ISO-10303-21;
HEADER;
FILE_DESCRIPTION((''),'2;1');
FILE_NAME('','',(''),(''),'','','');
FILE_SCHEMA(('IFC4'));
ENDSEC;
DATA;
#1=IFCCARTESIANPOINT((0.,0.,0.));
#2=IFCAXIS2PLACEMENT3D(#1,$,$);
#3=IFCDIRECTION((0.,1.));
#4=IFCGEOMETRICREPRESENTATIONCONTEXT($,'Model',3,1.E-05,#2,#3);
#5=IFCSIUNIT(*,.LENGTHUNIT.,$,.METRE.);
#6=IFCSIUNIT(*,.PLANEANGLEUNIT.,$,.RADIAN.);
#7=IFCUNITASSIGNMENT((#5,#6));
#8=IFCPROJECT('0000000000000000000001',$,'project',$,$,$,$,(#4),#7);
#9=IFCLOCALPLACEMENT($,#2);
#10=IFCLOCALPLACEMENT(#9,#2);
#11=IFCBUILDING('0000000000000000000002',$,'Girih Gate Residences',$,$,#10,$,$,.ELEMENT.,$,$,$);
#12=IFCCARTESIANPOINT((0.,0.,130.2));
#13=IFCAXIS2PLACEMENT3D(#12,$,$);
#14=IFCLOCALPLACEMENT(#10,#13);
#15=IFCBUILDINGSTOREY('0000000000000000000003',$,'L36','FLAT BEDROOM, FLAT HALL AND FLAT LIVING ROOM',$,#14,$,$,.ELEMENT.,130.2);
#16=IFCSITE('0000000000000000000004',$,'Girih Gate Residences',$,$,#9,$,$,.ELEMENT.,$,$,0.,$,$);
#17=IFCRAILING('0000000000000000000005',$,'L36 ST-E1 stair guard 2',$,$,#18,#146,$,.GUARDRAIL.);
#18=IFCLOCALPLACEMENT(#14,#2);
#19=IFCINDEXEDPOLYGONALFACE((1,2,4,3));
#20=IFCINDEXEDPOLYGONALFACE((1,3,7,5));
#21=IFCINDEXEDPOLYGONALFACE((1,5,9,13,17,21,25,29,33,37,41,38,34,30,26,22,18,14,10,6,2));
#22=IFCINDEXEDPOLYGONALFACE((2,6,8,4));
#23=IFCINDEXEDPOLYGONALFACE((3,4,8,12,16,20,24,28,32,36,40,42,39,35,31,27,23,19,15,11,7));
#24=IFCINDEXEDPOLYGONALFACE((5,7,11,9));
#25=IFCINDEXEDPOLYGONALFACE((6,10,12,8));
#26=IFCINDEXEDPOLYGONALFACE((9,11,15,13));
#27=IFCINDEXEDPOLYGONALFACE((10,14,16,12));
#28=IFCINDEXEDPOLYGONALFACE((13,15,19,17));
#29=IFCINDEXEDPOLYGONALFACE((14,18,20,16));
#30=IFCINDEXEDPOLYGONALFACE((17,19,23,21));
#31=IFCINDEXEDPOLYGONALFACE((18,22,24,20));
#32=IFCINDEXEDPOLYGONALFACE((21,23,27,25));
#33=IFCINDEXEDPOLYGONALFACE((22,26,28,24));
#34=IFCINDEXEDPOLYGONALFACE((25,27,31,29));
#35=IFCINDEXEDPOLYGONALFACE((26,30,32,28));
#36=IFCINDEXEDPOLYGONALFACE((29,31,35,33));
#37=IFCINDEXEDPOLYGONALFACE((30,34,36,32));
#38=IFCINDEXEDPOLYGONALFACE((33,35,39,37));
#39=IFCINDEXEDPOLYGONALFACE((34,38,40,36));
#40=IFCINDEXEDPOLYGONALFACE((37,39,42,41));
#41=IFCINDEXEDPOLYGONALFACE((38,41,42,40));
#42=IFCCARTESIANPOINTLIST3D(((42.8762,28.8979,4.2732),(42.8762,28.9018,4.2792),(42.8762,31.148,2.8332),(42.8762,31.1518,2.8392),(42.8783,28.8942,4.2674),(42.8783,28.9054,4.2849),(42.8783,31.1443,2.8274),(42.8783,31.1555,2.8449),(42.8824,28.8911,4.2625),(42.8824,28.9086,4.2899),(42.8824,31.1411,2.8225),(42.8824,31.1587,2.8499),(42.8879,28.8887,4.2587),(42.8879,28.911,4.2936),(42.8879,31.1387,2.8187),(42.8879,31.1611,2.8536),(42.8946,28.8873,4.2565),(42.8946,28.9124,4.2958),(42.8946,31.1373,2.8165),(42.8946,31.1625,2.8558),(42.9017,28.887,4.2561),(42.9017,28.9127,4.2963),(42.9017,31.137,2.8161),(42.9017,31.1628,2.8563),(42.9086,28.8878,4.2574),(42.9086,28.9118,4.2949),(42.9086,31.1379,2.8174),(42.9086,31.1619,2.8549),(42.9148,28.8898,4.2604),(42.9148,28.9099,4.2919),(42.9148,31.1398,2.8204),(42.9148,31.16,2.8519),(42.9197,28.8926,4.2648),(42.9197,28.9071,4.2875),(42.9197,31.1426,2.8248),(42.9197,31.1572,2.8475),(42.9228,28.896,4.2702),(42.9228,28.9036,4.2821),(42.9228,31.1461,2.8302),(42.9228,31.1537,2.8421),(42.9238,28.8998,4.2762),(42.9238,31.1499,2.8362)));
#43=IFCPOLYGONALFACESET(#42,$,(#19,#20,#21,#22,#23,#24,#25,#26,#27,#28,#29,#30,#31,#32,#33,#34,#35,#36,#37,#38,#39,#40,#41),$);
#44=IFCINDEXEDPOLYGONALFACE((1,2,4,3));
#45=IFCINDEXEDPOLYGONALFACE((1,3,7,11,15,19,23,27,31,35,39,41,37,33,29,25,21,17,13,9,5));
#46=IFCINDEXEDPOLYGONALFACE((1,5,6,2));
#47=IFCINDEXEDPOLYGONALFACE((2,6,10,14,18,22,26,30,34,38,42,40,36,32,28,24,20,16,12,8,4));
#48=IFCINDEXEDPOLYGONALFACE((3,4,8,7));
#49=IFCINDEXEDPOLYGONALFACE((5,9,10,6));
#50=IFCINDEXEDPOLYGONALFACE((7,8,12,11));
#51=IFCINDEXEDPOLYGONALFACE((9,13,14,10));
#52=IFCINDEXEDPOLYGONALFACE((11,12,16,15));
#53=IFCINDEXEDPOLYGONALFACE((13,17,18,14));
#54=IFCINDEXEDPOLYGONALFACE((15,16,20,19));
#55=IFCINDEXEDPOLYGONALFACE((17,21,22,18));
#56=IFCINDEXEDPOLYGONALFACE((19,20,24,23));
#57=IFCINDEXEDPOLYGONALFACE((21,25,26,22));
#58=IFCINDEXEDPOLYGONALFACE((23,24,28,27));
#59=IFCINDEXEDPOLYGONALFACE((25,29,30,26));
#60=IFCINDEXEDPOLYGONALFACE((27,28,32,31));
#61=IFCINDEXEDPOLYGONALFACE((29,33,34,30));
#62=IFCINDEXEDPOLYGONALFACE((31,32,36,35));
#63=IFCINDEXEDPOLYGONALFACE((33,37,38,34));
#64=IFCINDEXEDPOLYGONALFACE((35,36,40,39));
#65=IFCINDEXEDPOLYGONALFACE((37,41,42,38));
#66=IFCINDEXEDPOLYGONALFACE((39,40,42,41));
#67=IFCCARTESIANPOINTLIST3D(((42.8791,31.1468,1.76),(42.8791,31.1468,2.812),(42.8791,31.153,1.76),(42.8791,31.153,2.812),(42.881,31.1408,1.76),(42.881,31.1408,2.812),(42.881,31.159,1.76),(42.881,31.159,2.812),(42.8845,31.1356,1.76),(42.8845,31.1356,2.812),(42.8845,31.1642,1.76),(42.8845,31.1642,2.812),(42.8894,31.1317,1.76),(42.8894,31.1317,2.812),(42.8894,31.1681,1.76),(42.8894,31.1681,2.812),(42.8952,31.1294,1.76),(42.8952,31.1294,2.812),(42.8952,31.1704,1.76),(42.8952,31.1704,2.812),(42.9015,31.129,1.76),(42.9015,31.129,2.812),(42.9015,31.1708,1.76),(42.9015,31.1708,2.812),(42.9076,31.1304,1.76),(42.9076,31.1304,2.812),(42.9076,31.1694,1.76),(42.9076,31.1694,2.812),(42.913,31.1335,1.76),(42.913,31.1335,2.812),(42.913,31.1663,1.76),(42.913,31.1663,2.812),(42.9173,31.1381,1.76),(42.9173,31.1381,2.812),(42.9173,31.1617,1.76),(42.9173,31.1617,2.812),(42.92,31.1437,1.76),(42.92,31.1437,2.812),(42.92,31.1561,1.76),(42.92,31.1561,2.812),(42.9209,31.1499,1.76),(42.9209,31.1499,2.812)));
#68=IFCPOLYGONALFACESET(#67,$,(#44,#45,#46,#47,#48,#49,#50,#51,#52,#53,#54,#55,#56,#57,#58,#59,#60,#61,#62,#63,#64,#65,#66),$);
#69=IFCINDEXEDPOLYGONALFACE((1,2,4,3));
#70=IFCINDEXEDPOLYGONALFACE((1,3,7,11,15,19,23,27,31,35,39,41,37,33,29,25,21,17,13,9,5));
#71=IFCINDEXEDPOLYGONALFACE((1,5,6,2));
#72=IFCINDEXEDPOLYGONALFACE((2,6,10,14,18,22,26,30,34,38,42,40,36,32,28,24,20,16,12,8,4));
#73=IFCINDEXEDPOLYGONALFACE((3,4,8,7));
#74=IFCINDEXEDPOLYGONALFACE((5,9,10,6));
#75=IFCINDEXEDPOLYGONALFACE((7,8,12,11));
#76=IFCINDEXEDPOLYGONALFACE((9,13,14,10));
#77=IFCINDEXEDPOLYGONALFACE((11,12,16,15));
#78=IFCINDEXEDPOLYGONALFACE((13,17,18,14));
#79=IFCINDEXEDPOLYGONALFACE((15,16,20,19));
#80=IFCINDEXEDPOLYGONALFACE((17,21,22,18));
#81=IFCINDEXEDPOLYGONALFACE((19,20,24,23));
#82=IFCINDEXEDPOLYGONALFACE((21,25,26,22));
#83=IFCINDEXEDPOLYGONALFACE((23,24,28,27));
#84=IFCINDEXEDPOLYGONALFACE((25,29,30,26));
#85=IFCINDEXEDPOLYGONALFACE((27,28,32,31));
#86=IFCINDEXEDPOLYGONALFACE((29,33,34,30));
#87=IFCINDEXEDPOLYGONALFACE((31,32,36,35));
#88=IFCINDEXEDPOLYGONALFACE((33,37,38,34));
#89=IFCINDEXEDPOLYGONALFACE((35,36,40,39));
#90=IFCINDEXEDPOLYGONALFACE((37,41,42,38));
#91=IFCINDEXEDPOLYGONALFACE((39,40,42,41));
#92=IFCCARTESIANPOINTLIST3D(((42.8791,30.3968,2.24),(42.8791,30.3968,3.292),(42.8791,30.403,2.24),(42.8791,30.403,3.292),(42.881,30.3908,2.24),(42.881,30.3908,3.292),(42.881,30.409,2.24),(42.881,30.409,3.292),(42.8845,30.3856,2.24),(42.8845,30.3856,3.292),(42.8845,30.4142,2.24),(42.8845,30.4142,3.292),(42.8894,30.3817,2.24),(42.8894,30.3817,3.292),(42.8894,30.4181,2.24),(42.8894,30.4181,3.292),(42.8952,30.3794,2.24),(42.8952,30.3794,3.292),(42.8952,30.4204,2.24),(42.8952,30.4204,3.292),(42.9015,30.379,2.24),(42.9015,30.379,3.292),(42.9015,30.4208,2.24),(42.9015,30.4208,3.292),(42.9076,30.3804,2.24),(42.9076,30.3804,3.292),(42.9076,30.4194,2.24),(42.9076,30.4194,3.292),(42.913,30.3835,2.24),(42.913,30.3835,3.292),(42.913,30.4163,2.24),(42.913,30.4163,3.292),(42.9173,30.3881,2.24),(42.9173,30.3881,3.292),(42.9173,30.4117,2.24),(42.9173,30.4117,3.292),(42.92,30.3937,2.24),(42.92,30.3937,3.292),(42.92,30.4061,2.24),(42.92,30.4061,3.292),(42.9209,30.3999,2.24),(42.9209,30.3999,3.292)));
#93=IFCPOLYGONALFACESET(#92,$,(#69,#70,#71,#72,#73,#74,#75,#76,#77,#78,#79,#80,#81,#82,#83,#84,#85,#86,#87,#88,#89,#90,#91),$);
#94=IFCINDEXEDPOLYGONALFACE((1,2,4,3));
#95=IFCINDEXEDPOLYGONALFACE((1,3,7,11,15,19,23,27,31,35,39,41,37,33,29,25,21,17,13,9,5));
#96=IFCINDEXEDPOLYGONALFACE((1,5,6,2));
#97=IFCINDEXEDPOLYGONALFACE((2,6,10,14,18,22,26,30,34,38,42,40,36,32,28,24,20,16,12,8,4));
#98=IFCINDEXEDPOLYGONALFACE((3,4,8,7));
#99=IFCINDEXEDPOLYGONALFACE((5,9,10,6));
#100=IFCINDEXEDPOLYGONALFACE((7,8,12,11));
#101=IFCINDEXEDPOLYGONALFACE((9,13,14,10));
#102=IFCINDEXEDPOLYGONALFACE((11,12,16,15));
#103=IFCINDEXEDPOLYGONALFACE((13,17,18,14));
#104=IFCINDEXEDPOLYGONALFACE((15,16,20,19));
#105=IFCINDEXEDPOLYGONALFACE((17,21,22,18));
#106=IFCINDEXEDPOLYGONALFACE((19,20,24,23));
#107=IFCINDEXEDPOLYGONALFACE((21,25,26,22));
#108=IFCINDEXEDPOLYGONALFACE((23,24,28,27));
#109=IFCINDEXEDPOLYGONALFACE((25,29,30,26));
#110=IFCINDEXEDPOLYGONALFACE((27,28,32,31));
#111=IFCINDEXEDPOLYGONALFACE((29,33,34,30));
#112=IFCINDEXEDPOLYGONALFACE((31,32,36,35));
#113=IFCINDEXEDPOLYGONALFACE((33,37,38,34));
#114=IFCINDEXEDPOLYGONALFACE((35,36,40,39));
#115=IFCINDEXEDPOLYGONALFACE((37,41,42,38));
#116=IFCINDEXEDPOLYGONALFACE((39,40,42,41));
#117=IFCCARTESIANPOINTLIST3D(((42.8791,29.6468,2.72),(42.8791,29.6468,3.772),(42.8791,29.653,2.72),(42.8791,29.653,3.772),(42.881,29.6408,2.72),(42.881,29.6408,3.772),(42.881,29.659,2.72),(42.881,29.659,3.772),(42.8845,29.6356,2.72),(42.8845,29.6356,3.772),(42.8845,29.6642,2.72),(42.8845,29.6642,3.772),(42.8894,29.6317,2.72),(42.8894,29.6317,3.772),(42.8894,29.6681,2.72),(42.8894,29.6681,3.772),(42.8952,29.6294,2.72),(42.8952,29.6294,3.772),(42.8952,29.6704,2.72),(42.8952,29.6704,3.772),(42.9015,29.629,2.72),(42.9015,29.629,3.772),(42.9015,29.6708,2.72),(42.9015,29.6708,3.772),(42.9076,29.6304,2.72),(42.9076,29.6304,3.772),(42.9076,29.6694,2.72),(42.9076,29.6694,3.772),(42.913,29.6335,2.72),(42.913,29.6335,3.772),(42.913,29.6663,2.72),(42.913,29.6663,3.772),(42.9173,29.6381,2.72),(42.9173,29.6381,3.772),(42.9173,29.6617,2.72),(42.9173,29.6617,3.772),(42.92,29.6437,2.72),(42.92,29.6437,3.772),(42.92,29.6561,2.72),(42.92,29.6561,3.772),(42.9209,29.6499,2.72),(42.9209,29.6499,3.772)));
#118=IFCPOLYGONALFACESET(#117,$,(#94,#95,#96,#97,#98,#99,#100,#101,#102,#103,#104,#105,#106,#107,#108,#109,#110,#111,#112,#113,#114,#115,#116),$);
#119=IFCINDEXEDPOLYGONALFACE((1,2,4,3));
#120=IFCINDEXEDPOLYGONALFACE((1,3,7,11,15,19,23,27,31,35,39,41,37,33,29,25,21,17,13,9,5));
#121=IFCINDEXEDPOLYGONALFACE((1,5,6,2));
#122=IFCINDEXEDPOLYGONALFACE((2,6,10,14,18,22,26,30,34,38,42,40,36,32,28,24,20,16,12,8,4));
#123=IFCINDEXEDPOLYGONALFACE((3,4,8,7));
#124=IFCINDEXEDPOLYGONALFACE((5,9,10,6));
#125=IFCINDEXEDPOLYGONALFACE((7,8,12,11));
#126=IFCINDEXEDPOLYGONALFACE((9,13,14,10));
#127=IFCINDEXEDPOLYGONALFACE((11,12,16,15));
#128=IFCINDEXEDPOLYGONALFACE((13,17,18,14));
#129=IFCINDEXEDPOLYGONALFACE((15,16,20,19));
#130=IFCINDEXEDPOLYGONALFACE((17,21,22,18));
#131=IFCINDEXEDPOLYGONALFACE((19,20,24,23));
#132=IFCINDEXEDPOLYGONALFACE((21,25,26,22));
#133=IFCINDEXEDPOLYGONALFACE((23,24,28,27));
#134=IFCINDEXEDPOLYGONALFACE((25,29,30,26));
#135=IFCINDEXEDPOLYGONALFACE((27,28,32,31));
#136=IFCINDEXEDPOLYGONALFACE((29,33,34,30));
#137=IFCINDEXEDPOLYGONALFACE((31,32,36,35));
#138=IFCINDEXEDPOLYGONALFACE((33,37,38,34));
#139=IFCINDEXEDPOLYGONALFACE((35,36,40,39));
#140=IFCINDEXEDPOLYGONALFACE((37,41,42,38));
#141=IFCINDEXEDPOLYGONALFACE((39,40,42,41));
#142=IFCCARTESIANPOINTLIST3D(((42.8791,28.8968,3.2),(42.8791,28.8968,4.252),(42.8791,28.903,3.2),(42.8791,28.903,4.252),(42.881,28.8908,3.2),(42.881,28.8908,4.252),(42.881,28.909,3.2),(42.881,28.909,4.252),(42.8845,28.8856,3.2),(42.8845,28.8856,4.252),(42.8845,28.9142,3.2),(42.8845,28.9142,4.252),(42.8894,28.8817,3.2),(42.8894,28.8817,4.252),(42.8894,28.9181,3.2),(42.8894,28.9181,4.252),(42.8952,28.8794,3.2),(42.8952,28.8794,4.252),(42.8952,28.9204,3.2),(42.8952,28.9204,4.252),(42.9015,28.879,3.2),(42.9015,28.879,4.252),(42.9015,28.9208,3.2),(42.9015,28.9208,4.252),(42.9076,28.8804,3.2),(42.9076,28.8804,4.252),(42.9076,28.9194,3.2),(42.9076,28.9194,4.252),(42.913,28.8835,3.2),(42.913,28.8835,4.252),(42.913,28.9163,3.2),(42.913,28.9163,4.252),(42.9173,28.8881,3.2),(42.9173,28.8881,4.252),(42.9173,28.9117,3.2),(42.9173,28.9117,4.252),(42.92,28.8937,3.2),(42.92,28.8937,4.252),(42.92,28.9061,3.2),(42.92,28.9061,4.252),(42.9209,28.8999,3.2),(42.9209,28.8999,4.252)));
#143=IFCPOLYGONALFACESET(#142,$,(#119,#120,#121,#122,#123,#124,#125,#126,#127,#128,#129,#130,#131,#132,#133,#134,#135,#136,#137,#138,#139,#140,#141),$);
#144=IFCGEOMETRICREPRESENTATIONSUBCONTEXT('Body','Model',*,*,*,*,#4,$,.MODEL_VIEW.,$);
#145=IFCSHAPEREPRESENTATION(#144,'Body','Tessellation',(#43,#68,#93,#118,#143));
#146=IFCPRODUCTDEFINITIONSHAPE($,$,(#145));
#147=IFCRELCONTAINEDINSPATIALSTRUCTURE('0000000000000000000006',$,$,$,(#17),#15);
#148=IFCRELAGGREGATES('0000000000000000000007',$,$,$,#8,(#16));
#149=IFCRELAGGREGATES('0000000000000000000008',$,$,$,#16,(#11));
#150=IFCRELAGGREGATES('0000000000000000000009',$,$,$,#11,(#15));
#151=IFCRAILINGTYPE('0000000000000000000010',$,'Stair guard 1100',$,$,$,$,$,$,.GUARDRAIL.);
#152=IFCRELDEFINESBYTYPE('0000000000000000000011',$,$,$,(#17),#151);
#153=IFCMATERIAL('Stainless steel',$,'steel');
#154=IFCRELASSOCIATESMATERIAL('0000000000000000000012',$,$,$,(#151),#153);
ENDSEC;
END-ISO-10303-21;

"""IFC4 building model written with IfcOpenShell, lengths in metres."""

from ifc_helpers import new_model, si_unit, direction, frame, origin, origin_2d, place, context, subcontext, project, spatial, circle, extrude, material, type_object, element, save


model = new_model("IFC4")

# Units and contexts
model_context = context("Model", 3, precision=1e-05, world=origin(), true_north=direction((0.0, 1.0)))
body_context = subcontext(model_context, "Body", "Model", "MODEL_VIEW")
ifc_project = project(units=[si_unit("LENGTHUNIT", "METRE"), si_unit("PLANEANGLEUNIT", "RADIAN")], contexts=[model_context])

# Site, building, storey
site_placement = place(None, origin())
site = spatial("IfcSite", under=ifc_project, at=site_placement, Name="Girih Gate Residences", CompositionType="ELEMENT", RefElevation=0.0)
building_placement = place(site_placement, origin())
building = spatial("IfcBuilding", under=site, at=building_placement, Name="Girih Gate Residences", CompositionType="ELEMENT")
storey_placement = place(building_placement, frame((0.0, 0.0, 130.2)))
storey = spatial("IfcBuildingStorey", under=building, at=storey_placement, Name="L36", Description="FLAT BEDROOM, FLAT HALL AND FLAT LIVING ROOM", CompositionType="ELEMENT", Elevation=130.2)

# Railing
ifc_material_1 = material(Name="Stainless steel", Category="steel")
railing_type_1 = type_object("IfcRailingType", Name="Stair guard 1100", PredefinedType="GUARDRAIL", material=ifc_material_1)
railing_1_placement = place(storey_placement, frame((42.8999, 31.1499, 1.76)))
element("IfcRailing", 1, at=railing_1_placement, inside=storey, type_object=railing_type_1, Name="L36 ST-E1 stair guard 2", PredefinedType="GUARDRAIL", context=body_context, shape_type="SweptSolid", body=[
    extrude(circle(Radius=0.0239, at=origin_2d()), frame((0.0, 0.0, 1.0762), z_axis=(0.0, -0.842281, 0.539038), x_axis=(1.0, 0.0, 0.0)), (0.0, 0.0, 1.0), 2.6714),
    extrude(circle(Radius=0.021, at=origin_2d()), origin(), (0.0, 0.0, 1.0), 1.052),
    extrude(circle(Radius=0.021, at=origin_2d()), frame((0.0, -0.75, 0.48)), (0.0, 0.0, 1.0), 1.052),
    extrude(circle(Radius=0.021, at=origin_2d()), frame((0.0, -1.5, 0.96)), (0.0, 0.0, 1.0), 1.052),
    extrude(circle(Radius=0.021, at=origin_2d()), frame((0.0, -2.25, 1.4399)), (0.0, 0.0, 1.0), 1.052),
])

save(model, "model.ifc")
